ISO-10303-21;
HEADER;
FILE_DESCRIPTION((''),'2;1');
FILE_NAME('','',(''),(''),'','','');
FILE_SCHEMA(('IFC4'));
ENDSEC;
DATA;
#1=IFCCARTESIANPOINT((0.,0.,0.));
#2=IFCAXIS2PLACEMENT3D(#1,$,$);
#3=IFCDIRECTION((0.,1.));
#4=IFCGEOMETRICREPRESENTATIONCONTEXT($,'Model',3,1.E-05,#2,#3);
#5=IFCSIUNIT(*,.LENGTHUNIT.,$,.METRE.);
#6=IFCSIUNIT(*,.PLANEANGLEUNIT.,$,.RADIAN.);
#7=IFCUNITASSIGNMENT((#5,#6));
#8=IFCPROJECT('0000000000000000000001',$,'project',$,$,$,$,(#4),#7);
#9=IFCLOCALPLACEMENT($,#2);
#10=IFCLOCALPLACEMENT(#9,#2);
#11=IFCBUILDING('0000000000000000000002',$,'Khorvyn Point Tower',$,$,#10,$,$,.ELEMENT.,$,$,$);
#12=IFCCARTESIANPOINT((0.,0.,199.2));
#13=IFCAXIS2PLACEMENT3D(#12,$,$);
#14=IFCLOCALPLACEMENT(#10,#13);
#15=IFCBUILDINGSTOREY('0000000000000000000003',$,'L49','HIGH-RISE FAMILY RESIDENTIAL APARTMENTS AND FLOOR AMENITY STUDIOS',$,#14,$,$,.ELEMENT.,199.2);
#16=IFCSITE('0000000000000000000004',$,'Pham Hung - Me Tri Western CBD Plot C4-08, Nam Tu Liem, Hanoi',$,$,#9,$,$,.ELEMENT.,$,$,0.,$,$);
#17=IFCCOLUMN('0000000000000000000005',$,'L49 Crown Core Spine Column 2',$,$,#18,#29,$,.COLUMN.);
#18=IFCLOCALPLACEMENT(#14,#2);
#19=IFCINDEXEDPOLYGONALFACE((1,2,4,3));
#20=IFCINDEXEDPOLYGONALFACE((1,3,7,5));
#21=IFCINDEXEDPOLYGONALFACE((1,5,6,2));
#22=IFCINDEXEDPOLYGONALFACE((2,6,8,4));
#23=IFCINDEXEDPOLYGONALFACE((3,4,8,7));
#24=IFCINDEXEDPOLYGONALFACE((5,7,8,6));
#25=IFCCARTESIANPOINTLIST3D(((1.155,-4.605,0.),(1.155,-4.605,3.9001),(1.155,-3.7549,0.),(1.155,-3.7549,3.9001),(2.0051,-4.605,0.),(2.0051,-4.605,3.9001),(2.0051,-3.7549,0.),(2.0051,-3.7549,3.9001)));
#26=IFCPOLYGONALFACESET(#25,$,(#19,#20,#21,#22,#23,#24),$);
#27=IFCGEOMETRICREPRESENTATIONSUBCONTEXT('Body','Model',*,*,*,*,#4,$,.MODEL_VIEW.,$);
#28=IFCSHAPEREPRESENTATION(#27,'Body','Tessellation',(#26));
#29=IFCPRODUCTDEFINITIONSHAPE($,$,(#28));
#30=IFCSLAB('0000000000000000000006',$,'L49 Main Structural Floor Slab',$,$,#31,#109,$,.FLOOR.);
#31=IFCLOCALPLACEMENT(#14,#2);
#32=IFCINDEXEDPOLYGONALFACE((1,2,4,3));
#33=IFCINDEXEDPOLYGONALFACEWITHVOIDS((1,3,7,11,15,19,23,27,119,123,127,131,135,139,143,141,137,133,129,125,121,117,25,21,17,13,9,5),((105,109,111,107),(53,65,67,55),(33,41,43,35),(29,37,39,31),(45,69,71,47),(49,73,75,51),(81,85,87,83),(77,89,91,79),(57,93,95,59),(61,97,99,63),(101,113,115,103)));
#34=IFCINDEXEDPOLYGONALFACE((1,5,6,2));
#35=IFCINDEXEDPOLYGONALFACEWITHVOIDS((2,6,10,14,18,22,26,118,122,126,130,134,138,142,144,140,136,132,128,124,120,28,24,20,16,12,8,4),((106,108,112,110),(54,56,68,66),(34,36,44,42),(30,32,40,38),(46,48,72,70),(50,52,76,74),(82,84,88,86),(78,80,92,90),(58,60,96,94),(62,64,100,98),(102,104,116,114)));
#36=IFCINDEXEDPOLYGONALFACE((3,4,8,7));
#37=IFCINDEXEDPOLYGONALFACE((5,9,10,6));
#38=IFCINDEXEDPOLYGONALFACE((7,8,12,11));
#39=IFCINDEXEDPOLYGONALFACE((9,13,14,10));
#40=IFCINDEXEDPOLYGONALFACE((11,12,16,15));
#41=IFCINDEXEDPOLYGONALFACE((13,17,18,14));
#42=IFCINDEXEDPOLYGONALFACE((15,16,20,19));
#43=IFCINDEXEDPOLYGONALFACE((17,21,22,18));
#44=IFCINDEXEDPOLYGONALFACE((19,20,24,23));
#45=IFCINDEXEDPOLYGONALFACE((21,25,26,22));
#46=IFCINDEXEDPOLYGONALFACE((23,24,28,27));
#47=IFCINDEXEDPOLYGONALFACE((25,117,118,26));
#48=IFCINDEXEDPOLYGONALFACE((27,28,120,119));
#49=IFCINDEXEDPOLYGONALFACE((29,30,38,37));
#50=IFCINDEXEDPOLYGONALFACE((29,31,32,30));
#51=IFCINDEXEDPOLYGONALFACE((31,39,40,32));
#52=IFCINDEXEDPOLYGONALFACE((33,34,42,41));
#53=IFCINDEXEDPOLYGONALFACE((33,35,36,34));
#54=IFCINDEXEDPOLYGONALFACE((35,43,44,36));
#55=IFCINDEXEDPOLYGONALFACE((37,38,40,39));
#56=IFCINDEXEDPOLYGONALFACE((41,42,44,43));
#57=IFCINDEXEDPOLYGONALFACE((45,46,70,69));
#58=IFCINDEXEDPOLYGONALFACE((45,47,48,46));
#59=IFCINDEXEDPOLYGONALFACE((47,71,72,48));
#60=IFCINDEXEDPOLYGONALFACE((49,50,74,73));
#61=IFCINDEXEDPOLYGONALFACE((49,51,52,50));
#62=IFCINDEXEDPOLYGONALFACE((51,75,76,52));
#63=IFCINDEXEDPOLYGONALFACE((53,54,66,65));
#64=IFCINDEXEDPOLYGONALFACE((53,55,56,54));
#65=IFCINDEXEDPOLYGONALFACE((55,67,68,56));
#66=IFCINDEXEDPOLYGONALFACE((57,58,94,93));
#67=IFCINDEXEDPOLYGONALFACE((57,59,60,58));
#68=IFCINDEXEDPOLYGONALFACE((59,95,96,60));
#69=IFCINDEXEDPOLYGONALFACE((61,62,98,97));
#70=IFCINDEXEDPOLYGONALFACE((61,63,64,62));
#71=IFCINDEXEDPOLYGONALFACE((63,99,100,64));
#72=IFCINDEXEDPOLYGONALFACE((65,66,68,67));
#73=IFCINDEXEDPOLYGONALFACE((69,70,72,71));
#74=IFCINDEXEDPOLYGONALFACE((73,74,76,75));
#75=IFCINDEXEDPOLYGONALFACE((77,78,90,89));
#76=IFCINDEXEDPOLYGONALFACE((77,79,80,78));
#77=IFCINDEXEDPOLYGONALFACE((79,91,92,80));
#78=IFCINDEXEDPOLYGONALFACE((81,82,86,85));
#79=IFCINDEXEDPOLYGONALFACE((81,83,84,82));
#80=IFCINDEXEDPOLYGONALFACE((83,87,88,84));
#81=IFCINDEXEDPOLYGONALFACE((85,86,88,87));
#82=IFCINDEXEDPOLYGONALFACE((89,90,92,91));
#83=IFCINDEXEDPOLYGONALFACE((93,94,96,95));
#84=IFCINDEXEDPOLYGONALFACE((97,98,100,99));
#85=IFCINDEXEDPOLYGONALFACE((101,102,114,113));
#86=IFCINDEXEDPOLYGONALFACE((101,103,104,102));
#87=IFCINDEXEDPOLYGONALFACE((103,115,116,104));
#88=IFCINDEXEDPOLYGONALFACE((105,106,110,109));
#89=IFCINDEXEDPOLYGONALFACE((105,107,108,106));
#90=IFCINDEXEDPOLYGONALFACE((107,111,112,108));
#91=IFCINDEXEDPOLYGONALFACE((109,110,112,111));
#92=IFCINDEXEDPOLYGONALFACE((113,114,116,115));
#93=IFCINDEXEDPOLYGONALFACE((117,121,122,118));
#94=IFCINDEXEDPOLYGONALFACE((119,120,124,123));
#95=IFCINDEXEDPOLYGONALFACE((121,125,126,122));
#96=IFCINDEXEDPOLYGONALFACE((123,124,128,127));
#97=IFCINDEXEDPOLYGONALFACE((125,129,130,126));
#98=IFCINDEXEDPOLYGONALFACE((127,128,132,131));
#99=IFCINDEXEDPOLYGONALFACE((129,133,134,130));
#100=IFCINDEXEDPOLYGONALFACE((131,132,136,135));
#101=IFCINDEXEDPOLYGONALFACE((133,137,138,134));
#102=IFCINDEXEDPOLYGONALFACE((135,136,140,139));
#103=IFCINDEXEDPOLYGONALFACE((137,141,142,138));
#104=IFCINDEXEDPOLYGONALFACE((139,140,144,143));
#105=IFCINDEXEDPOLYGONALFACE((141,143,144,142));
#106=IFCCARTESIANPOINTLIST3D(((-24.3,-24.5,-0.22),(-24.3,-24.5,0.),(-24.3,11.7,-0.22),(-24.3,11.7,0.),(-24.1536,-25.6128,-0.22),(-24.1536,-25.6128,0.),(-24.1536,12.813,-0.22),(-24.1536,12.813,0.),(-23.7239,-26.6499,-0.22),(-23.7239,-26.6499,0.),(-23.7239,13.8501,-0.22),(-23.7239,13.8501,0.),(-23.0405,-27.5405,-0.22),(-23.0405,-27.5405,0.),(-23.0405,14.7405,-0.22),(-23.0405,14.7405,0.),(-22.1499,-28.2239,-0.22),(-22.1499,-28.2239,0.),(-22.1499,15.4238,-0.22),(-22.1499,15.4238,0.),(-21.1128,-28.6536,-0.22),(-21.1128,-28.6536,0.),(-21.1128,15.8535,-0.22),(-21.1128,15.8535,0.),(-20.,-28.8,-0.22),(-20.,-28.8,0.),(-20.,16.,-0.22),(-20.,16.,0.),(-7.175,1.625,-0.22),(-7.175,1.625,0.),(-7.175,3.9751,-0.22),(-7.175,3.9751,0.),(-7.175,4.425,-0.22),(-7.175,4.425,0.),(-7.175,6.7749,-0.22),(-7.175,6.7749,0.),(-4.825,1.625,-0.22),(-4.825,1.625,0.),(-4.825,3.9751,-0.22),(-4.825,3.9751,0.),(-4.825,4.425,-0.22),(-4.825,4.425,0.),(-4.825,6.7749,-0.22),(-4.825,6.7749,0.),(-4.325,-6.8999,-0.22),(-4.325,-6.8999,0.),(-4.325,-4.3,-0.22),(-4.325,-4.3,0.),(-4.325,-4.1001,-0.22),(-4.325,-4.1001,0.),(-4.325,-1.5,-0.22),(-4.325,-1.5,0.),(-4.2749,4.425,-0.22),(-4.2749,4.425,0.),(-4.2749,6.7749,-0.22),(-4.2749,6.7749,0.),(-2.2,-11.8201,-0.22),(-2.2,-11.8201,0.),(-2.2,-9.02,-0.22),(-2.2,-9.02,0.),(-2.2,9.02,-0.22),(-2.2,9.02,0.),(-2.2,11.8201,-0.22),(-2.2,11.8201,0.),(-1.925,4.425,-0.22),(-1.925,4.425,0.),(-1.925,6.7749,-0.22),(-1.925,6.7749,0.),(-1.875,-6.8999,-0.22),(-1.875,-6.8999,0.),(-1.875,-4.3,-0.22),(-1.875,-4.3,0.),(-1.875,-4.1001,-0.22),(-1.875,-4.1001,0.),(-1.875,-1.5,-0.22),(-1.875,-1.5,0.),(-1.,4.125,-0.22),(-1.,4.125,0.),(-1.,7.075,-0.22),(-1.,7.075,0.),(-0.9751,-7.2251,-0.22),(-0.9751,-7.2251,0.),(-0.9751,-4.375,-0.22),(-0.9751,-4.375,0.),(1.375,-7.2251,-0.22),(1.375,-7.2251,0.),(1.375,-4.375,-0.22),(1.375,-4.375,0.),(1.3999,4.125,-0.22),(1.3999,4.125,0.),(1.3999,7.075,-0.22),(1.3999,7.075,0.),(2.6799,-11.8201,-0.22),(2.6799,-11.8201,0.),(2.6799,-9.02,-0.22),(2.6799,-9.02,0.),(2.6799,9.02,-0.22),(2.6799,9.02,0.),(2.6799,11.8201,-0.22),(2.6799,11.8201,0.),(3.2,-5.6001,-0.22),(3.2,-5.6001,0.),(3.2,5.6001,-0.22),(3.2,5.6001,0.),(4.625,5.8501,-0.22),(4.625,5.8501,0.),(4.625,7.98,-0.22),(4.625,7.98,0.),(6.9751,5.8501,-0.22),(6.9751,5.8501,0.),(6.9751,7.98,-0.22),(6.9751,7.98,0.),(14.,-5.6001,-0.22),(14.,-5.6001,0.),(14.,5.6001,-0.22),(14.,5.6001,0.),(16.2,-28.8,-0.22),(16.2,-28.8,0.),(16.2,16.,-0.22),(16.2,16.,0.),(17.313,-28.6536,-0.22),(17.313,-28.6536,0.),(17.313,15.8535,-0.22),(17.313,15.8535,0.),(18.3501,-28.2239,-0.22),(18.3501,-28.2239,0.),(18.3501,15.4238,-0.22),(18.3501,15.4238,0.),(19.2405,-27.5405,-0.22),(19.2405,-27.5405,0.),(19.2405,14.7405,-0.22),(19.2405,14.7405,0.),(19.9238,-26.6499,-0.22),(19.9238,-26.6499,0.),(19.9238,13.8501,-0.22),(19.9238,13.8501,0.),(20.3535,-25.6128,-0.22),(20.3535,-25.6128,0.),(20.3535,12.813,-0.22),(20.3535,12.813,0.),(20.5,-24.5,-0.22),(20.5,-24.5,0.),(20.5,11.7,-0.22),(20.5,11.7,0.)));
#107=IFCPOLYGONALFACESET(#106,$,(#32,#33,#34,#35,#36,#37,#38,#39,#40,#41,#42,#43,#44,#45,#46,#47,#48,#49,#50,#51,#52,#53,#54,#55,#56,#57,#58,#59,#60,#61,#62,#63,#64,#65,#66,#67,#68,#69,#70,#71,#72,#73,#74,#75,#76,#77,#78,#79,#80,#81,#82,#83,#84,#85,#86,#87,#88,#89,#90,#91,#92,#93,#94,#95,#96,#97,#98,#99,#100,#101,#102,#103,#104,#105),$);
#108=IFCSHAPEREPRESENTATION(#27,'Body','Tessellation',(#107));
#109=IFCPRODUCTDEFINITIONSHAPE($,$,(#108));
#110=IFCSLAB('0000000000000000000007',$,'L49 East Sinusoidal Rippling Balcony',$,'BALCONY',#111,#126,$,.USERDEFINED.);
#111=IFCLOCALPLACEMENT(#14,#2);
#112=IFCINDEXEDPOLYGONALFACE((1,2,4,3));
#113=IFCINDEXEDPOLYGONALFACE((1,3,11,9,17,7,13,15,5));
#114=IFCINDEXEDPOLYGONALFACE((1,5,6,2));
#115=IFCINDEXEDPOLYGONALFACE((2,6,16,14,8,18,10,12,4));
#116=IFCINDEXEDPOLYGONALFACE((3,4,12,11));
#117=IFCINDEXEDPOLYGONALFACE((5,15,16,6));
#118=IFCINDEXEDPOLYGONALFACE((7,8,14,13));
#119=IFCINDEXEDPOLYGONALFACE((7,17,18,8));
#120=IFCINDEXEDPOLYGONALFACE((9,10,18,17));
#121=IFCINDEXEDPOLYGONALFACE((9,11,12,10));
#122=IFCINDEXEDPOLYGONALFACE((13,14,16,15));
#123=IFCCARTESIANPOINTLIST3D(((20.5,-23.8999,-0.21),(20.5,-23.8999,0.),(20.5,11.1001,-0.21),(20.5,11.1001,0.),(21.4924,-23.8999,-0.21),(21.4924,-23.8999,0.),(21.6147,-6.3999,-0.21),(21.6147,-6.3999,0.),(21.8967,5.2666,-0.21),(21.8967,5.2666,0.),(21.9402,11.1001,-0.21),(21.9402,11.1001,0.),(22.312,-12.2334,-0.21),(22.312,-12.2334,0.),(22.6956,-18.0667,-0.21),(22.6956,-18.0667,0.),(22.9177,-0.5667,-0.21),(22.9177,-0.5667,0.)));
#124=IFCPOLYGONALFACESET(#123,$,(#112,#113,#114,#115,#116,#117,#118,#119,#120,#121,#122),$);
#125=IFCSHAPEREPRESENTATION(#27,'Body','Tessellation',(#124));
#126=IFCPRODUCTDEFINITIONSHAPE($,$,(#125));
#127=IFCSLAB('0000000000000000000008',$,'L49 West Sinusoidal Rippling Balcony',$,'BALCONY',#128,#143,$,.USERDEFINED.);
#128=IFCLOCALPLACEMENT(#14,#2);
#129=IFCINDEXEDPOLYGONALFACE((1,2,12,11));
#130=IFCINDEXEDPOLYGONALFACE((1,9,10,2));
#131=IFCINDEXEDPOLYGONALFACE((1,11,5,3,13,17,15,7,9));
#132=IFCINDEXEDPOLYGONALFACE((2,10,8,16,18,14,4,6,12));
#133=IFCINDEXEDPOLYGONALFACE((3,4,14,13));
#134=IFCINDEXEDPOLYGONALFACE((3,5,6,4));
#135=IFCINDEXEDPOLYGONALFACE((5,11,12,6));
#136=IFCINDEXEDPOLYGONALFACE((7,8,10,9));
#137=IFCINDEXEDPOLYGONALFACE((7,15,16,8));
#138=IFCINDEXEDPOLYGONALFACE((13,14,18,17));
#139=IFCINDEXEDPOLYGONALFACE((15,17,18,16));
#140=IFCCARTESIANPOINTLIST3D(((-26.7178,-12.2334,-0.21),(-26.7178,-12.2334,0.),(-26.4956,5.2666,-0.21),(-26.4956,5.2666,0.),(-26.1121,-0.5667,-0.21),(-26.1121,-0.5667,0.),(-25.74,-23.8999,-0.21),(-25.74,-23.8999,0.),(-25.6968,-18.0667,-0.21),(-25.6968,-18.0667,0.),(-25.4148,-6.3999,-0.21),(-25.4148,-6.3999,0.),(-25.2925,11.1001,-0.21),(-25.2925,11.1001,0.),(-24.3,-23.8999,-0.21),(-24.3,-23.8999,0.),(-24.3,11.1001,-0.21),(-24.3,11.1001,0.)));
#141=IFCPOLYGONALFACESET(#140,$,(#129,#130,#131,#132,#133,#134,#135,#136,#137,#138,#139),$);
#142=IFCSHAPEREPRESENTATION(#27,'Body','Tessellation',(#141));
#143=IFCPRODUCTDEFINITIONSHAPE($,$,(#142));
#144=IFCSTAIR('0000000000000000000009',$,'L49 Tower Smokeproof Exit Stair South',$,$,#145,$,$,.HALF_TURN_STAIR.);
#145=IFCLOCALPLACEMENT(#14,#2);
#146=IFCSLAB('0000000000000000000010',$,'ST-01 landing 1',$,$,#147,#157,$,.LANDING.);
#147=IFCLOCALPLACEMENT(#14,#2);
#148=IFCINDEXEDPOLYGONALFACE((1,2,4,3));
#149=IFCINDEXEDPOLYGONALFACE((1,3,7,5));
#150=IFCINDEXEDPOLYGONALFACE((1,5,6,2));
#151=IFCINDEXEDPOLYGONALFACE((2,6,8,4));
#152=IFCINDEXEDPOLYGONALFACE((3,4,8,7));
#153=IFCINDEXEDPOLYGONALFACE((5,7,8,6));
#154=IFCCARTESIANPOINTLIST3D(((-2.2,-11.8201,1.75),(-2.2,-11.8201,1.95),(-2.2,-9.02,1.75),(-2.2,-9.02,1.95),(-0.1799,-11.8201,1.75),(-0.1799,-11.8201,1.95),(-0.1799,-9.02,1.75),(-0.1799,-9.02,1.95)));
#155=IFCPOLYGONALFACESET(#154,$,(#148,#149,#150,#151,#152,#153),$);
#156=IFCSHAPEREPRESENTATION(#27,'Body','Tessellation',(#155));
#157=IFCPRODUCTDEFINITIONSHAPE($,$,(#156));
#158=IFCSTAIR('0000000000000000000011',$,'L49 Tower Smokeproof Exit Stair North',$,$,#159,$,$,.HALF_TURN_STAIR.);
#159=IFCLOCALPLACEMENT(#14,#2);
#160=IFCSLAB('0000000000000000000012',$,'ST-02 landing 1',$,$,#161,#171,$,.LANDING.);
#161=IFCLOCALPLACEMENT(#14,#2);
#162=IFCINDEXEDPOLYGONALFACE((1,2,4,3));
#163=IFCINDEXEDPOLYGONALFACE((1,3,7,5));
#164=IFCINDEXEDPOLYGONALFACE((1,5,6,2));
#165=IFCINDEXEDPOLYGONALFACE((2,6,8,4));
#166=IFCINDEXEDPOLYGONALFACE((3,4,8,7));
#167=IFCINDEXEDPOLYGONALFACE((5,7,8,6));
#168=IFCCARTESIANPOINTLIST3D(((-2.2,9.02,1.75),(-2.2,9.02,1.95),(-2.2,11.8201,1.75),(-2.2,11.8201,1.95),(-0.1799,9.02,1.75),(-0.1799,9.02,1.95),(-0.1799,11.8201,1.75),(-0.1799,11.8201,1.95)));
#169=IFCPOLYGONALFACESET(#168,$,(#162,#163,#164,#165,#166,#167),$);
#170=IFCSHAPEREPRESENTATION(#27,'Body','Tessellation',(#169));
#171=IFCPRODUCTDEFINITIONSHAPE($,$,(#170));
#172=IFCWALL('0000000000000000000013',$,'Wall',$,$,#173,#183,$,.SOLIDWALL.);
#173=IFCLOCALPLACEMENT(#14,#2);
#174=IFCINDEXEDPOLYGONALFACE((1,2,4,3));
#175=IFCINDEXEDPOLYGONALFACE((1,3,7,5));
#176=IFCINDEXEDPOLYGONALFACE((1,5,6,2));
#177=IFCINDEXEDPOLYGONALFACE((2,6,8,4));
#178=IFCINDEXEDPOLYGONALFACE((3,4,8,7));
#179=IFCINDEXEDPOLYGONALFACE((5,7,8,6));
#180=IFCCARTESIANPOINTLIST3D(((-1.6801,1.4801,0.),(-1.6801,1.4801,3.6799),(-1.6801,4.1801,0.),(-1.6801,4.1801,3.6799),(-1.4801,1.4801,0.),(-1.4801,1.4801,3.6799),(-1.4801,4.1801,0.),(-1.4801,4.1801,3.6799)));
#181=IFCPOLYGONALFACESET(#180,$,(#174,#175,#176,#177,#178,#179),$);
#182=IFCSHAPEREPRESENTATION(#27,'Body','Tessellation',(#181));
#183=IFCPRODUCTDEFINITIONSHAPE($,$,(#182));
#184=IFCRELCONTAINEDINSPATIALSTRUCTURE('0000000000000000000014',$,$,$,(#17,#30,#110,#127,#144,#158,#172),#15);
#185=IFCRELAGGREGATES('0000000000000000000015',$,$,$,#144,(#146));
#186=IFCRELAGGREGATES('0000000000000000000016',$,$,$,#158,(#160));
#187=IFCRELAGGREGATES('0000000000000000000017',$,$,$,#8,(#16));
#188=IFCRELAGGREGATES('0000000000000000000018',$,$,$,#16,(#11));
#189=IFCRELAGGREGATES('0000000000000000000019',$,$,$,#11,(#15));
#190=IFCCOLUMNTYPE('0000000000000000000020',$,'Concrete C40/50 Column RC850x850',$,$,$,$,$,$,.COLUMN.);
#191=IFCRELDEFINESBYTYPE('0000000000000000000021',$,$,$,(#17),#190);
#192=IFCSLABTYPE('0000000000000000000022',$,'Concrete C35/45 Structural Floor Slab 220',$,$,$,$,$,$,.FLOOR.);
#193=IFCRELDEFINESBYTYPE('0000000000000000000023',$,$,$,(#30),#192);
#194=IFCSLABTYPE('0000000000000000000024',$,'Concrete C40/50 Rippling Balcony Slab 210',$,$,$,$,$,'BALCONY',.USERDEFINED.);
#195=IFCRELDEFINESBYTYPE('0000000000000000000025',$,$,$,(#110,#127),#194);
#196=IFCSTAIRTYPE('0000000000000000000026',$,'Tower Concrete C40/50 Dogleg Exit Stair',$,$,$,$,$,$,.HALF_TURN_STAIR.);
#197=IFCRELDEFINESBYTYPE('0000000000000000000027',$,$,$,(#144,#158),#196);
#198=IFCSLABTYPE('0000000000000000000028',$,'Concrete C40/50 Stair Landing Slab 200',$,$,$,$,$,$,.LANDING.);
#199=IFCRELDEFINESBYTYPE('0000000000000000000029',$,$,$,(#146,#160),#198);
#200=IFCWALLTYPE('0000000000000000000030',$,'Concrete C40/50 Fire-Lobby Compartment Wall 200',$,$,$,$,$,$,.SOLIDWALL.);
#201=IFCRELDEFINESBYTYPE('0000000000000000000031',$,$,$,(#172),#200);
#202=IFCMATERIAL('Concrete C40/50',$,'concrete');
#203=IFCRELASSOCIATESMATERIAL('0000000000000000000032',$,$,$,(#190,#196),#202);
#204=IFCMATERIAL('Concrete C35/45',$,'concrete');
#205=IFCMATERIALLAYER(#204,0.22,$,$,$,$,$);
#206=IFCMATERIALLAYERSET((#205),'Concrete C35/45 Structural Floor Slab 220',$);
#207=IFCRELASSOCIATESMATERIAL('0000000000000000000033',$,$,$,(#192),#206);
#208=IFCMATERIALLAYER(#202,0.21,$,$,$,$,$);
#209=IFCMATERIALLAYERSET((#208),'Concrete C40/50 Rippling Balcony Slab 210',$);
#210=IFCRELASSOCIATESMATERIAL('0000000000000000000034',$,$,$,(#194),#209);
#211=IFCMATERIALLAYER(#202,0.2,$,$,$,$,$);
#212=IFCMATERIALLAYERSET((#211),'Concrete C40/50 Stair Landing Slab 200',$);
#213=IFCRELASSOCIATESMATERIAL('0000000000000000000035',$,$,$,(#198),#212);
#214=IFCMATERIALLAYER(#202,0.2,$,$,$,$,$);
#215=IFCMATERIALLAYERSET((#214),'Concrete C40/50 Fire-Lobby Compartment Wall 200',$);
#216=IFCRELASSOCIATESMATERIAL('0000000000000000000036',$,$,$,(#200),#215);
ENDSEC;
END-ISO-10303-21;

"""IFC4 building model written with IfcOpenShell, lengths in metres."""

from ifc_helpers import new_model, si_unit, direction, frame, frame_2d, origin, origin_2d, place, context, subcontext, project, spatial, polyline, rectangle, outline, extrude, material, layer, layer_set, material_profile, profile_set, type_object, element, aggregate, save


model = new_model("IFC4")

# Units and contexts
model_context = context("Model", 3, precision=1e-05, world=origin(), true_north=direction((0.0, 1.0)))
body_context = subcontext(model_context, "Body", "Model", "MODEL_VIEW")
ifc_project = project(units=[si_unit("LENGTHUNIT", "METRE"), si_unit("PLANEANGLEUNIT", "RADIAN")], contexts=[model_context])

# Site, building, storey
site_placement = place(None, origin())
site = spatial("IfcSite", under=ifc_project, at=site_placement, Name="Pham Hung - Me Tri Western CBD Plot C4-08, Nam Tu Liem, Hanoi", CompositionType="ELEMENT", RefElevation=0.0)
building_placement = place(site_placement, origin())
building = spatial("IfcBuilding", under=site, at=building_placement, Name="Khorvyn Point Tower", CompositionType="ELEMENT")
storey_placement = place(building_placement, frame((0.0, 0.0, 199.2)))
storey = spatial("IfcBuildingStorey", under=building, at=storey_placement, Name="L49", Description="HIGH-RISE FAMILY RESIDENTIAL APARTMENTS AND FLOOR AMENITY STUDIOS", CompositionType="ELEMENT", Elevation=199.2)

# Column
ifc_material_1 = material(Name="Concrete C40/50", Category="concrete")
ifc_material_profile = material_profile(ifc_material_1, rectangle(XDim=0.8501, YDim=0.8501, at=origin_2d()))
ifc_profile_set = profile_set([ifc_material_profile], Name="Concrete C40/50 RC850x850")
column_type = type_object("IfcColumnType", Name="Concrete C40/50 Column RC850x850", PredefinedType="COLUMN", material=ifc_profile_set)
column_placement = place(storey_placement, frame((1.5801, -4.1799, 0.0), z_axis=(0.0, 0.0, 1.0), x_axis=(1.0, 0.0, 0.0)))
element("IfcColumn", 1, at=column_placement, inside=storey, type_object=column_type, Name="L49 Crown Core Spine Column 2", PredefinedType="COLUMN", context=body_context, shape_type="SweptSolid", body=[
    extrude(rectangle(XDim=0.8501, YDim=0.8501, at=origin_2d()), origin(), (0.0, 0.0, 1.0), 3.9001),
])

# Slabs
ifc_material_2 = material(Name="Concrete C35/45", Category="concrete")
ifc_layer_1 = layer(ifc_material_2, 0.22)
ifc_layer_set_1 = layer_set([ifc_layer_1], Name="Concrete C35/45 Structural Floor Slab 220")
slab_type_1 = type_object("IfcSlabType", Name="Concrete C35/45 Structural Floor Slab 220", PredefinedType="FLOOR", material=ifc_layer_set_1)
slab_1_placement = place(storey_placement, frame((0.0, 0.0, -0.22)))
element("IfcSlab", 2, at=slab_1_placement, inside=storey, type_object=slab_type_1, Name="L49 Main Structural Floor Slab", PredefinedType="FLOOR", context=body_context, shape_type="SweptSolid", body=[
    extrude(outline(polyline([(-20.0, -28.8), (-21.1128, -28.6536), (-22.1499, -28.2239), (-23.0405, -27.5405), (-23.7239, -26.6499), (-24.1536, -25.6128), (-24.3, -24.5), (-24.3, 11.7), (-24.1536, 12.813), (-23.7239, 13.8501), (-23.0405, 14.7405), (-22.1499, 15.4238), (-21.1128, 15.8535), (-20.0, 16.0), (16.2, 16.0), (17.313, 15.8535), (18.3501, 15.4238), (19.2405, 14.7405), (19.9238, 13.8501), (20.3535, 12.813), (20.5, 11.7), (20.5, -24.5), (20.3535, -25.6128), (19.9238, -26.6499), (19.2405, -27.5405), (18.3501, -28.2239), (17.313, -28.6536), (16.2, -28.8), (-20.0, -28.8)]), holes=[polyline([(-1.875, -6.8999), (-1.875, -4.3), (-4.325, -4.3), (-4.325, -6.8999), (-1.875, -6.8999)]), polyline([(-1.875, -4.1001), (-1.875, -1.5), (-4.325, -1.5), (-4.325, -4.1001), (-1.875, -4.1001)]), polyline([(-4.825, 1.625), (-4.825, 3.9751), (-7.175, 3.9751), (-7.175, 1.625), (-4.825, 1.625)]), polyline([(-7.175, 4.425), (-4.825, 4.425), (-4.825, 6.7749), (-7.175, 6.7749), (-7.175, 4.425)]), polyline([(-4.2749, 4.425), (-1.925, 4.425), (-1.925, 6.7749), (-4.2749, 6.7749), (-4.2749, 4.425)]), polyline([(1.3999, 4.125), (1.3999, 7.075), (-1.0, 7.075), (-1.0, 4.125), (1.3999, 4.125)]), polyline([(-2.2, -11.8201), (2.6799, -11.8201), (2.6799, -9.02), (-2.2, -9.02), (-2.2, -11.8201)]), polyline([(-0.9751, -7.2251), (1.375, -7.2251), (1.375, -4.375), (-0.9751, -4.375), (-0.9751, -7.2251)]), polyline([(14.0, -5.6001), (14.0, 5.6001), (3.2, 5.6001), (3.2, -5.6001), (14.0, -5.6001)]), polyline([(4.625, 5.8501), (6.9751, 5.8501), (6.9751, 7.98), (4.625, 7.98), (4.625, 5.8501)]), polyline([(-2.2, 9.02), (2.6799, 9.02), (2.6799, 11.8201), (-2.2, 11.8201), (-2.2, 9.02)])]), origin(), (0.0, 0.0, 1.0), 0.22),
])
ifc_layer_2 = layer(ifc_material_1, 0.21)
ifc_layer_set_2 = layer_set([ifc_layer_2], Name="Concrete C40/50 Rippling Balcony Slab 210")
slab_type_2 = type_object("IfcSlabType", Name="Concrete C40/50 Rippling Balcony Slab 210", ElementType="BALCONY", PredefinedType="USERDEFINED", material=ifc_layer_set_2)
slab_2_placement = place(storey_placement, frame((0.0, 0.0, -0.21)))
element("IfcSlab", 3, at=slab_2_placement, inside=storey, type_object=slab_type_2, Name="L49 East Sinusoidal Rippling Balcony", ObjectType="BALCONY", PredefinedType="USERDEFINED", context=body_context, shape_type="SweptSolid", body=[
    extrude(outline(polyline([(20.5, -23.8999), (21.4924, -23.8999), (22.6956, -18.0667), (22.312, -12.2334), (21.6147, -6.3999), (22.9177, -0.5667), (21.8967, 5.2666), (21.9402, 11.1001), (20.5, 11.1001), (20.5, -23.8999)])), origin(), (0.0, 0.0, 1.0), 0.21),
])
slab_3_placement = place(storey_placement, frame((0.0, 0.0, -0.21)))
element("IfcSlab", 4, at=slab_3_placement, inside=storey, type_object=slab_type_2, Name="L49 West Sinusoidal Rippling Balcony", ObjectType="BALCONY", PredefinedType="USERDEFINED", context=body_context, shape_type="SweptSolid", body=[
    extrude(outline(polyline([(-24.3, 11.1001), (-25.2925, 11.1001), (-26.4956, 5.2666), (-26.1121, -0.5667), (-25.4148, -6.3999), (-26.7178, -12.2334), (-25.6968, -18.0667), (-25.74, -23.8999), (-24.3, -23.8999), (-24.3, 11.1001)])), origin(), (0.0, 0.0, 1.0), 0.21),
])

# Stairs, slabs
stair_type = type_object("IfcStairType", Name="Tower Concrete C40/50 Dogleg Exit Stair", PredefinedType="HALF_TURN_STAIR", material=ifc_material_1)
stair_1_placement = place(storey_placement, origin())
stair_1 = element("IfcStair", 5, at=stair_1_placement, inside=storey, type_object=stair_type, Name="L49 Tower Smokeproof Exit Stair South", PredefinedType="HALF_TURN_STAIR")
ifc_layer_3 = layer(ifc_material_1, 0.2)
ifc_layer_set_3 = layer_set([ifc_layer_3], Name="Concrete C40/50 Stair Landing Slab 200")
slab_type_3 = type_object("IfcSlabType", Name="Concrete C40/50 Stair Landing Slab 200", PredefinedType="LANDING", material=ifc_layer_set_3)
slab_4_placement = place(storey_placement, frame((0.0, 0.0, 1.75)))
slab_4 = element("IfcSlab", 6, at=slab_4_placement, type_object=slab_type_3, Name="ST-01 landing 1", PredefinedType="LANDING", context=body_context, shape_type="SweptSolid", body=[
    extrude(outline(polyline([(-0.1799, -9.02), (-2.2, -9.02), (-2.2, -11.8201), (-0.1799, -11.8201), (-0.1799, -9.02)])), origin(), (0.0, 0.0, 1.0), 0.2),
])
aggregate(stair_1, [slab_4])
stair_2_placement = place(storey_placement, origin())
stair_2 = element("IfcStair", 7, at=stair_2_placement, inside=storey, type_object=stair_type, Name="L49 Tower Smokeproof Exit Stair North", PredefinedType="HALF_TURN_STAIR")
slab_5_placement = place(storey_placement, frame((0.0, 0.0, 1.75)))
slab_5 = element("IfcSlab", 8, at=slab_5_placement, type_object=slab_type_3, Name="ST-02 landing 1", PredefinedType="LANDING", context=body_context, shape_type="SweptSolid", body=[
    extrude(outline(polyline([(-0.1799, 11.8201), (-2.2, 11.8201), (-2.2, 9.02), (-0.1799, 9.02), (-0.1799, 11.8201)])), origin(), (0.0, 0.0, 1.0), 0.2),
])
aggregate(stair_2, [slab_5])

# Wall
ifc_layer_4 = layer(ifc_material_1, 0.2)
ifc_layer_set_4 = layer_set([ifc_layer_4], Name="Concrete C40/50 Fire-Lobby Compartment Wall 200")
wall_type_1 = type_object("IfcWallType", Name="Concrete C40/50 Fire-Lobby Compartment Wall 200", PredefinedType="SOLIDWALL", material=ifc_layer_set_4)
wall_1_placement = place(storey_placement, frame((-1.5801, 1.48, 0.0), z_axis=(0.0, 0.0, 1.0), x_axis=(0.0, 1.0, 0.0)))
element("IfcWall", 9, at=wall_1_placement, inside=storey, type_object=wall_type_1, Name="Wall", PredefinedType="SOLIDWALL", context=body_context, shape_type="SweptSolid", body=[
    extrude(rectangle(XDim=2.7, YDim=0.2, at=frame_2d((1.3501, 0.0))), origin(), (0.0, 0.0, 1.0), 3.6799),
])

save(model, "model.ifc")
